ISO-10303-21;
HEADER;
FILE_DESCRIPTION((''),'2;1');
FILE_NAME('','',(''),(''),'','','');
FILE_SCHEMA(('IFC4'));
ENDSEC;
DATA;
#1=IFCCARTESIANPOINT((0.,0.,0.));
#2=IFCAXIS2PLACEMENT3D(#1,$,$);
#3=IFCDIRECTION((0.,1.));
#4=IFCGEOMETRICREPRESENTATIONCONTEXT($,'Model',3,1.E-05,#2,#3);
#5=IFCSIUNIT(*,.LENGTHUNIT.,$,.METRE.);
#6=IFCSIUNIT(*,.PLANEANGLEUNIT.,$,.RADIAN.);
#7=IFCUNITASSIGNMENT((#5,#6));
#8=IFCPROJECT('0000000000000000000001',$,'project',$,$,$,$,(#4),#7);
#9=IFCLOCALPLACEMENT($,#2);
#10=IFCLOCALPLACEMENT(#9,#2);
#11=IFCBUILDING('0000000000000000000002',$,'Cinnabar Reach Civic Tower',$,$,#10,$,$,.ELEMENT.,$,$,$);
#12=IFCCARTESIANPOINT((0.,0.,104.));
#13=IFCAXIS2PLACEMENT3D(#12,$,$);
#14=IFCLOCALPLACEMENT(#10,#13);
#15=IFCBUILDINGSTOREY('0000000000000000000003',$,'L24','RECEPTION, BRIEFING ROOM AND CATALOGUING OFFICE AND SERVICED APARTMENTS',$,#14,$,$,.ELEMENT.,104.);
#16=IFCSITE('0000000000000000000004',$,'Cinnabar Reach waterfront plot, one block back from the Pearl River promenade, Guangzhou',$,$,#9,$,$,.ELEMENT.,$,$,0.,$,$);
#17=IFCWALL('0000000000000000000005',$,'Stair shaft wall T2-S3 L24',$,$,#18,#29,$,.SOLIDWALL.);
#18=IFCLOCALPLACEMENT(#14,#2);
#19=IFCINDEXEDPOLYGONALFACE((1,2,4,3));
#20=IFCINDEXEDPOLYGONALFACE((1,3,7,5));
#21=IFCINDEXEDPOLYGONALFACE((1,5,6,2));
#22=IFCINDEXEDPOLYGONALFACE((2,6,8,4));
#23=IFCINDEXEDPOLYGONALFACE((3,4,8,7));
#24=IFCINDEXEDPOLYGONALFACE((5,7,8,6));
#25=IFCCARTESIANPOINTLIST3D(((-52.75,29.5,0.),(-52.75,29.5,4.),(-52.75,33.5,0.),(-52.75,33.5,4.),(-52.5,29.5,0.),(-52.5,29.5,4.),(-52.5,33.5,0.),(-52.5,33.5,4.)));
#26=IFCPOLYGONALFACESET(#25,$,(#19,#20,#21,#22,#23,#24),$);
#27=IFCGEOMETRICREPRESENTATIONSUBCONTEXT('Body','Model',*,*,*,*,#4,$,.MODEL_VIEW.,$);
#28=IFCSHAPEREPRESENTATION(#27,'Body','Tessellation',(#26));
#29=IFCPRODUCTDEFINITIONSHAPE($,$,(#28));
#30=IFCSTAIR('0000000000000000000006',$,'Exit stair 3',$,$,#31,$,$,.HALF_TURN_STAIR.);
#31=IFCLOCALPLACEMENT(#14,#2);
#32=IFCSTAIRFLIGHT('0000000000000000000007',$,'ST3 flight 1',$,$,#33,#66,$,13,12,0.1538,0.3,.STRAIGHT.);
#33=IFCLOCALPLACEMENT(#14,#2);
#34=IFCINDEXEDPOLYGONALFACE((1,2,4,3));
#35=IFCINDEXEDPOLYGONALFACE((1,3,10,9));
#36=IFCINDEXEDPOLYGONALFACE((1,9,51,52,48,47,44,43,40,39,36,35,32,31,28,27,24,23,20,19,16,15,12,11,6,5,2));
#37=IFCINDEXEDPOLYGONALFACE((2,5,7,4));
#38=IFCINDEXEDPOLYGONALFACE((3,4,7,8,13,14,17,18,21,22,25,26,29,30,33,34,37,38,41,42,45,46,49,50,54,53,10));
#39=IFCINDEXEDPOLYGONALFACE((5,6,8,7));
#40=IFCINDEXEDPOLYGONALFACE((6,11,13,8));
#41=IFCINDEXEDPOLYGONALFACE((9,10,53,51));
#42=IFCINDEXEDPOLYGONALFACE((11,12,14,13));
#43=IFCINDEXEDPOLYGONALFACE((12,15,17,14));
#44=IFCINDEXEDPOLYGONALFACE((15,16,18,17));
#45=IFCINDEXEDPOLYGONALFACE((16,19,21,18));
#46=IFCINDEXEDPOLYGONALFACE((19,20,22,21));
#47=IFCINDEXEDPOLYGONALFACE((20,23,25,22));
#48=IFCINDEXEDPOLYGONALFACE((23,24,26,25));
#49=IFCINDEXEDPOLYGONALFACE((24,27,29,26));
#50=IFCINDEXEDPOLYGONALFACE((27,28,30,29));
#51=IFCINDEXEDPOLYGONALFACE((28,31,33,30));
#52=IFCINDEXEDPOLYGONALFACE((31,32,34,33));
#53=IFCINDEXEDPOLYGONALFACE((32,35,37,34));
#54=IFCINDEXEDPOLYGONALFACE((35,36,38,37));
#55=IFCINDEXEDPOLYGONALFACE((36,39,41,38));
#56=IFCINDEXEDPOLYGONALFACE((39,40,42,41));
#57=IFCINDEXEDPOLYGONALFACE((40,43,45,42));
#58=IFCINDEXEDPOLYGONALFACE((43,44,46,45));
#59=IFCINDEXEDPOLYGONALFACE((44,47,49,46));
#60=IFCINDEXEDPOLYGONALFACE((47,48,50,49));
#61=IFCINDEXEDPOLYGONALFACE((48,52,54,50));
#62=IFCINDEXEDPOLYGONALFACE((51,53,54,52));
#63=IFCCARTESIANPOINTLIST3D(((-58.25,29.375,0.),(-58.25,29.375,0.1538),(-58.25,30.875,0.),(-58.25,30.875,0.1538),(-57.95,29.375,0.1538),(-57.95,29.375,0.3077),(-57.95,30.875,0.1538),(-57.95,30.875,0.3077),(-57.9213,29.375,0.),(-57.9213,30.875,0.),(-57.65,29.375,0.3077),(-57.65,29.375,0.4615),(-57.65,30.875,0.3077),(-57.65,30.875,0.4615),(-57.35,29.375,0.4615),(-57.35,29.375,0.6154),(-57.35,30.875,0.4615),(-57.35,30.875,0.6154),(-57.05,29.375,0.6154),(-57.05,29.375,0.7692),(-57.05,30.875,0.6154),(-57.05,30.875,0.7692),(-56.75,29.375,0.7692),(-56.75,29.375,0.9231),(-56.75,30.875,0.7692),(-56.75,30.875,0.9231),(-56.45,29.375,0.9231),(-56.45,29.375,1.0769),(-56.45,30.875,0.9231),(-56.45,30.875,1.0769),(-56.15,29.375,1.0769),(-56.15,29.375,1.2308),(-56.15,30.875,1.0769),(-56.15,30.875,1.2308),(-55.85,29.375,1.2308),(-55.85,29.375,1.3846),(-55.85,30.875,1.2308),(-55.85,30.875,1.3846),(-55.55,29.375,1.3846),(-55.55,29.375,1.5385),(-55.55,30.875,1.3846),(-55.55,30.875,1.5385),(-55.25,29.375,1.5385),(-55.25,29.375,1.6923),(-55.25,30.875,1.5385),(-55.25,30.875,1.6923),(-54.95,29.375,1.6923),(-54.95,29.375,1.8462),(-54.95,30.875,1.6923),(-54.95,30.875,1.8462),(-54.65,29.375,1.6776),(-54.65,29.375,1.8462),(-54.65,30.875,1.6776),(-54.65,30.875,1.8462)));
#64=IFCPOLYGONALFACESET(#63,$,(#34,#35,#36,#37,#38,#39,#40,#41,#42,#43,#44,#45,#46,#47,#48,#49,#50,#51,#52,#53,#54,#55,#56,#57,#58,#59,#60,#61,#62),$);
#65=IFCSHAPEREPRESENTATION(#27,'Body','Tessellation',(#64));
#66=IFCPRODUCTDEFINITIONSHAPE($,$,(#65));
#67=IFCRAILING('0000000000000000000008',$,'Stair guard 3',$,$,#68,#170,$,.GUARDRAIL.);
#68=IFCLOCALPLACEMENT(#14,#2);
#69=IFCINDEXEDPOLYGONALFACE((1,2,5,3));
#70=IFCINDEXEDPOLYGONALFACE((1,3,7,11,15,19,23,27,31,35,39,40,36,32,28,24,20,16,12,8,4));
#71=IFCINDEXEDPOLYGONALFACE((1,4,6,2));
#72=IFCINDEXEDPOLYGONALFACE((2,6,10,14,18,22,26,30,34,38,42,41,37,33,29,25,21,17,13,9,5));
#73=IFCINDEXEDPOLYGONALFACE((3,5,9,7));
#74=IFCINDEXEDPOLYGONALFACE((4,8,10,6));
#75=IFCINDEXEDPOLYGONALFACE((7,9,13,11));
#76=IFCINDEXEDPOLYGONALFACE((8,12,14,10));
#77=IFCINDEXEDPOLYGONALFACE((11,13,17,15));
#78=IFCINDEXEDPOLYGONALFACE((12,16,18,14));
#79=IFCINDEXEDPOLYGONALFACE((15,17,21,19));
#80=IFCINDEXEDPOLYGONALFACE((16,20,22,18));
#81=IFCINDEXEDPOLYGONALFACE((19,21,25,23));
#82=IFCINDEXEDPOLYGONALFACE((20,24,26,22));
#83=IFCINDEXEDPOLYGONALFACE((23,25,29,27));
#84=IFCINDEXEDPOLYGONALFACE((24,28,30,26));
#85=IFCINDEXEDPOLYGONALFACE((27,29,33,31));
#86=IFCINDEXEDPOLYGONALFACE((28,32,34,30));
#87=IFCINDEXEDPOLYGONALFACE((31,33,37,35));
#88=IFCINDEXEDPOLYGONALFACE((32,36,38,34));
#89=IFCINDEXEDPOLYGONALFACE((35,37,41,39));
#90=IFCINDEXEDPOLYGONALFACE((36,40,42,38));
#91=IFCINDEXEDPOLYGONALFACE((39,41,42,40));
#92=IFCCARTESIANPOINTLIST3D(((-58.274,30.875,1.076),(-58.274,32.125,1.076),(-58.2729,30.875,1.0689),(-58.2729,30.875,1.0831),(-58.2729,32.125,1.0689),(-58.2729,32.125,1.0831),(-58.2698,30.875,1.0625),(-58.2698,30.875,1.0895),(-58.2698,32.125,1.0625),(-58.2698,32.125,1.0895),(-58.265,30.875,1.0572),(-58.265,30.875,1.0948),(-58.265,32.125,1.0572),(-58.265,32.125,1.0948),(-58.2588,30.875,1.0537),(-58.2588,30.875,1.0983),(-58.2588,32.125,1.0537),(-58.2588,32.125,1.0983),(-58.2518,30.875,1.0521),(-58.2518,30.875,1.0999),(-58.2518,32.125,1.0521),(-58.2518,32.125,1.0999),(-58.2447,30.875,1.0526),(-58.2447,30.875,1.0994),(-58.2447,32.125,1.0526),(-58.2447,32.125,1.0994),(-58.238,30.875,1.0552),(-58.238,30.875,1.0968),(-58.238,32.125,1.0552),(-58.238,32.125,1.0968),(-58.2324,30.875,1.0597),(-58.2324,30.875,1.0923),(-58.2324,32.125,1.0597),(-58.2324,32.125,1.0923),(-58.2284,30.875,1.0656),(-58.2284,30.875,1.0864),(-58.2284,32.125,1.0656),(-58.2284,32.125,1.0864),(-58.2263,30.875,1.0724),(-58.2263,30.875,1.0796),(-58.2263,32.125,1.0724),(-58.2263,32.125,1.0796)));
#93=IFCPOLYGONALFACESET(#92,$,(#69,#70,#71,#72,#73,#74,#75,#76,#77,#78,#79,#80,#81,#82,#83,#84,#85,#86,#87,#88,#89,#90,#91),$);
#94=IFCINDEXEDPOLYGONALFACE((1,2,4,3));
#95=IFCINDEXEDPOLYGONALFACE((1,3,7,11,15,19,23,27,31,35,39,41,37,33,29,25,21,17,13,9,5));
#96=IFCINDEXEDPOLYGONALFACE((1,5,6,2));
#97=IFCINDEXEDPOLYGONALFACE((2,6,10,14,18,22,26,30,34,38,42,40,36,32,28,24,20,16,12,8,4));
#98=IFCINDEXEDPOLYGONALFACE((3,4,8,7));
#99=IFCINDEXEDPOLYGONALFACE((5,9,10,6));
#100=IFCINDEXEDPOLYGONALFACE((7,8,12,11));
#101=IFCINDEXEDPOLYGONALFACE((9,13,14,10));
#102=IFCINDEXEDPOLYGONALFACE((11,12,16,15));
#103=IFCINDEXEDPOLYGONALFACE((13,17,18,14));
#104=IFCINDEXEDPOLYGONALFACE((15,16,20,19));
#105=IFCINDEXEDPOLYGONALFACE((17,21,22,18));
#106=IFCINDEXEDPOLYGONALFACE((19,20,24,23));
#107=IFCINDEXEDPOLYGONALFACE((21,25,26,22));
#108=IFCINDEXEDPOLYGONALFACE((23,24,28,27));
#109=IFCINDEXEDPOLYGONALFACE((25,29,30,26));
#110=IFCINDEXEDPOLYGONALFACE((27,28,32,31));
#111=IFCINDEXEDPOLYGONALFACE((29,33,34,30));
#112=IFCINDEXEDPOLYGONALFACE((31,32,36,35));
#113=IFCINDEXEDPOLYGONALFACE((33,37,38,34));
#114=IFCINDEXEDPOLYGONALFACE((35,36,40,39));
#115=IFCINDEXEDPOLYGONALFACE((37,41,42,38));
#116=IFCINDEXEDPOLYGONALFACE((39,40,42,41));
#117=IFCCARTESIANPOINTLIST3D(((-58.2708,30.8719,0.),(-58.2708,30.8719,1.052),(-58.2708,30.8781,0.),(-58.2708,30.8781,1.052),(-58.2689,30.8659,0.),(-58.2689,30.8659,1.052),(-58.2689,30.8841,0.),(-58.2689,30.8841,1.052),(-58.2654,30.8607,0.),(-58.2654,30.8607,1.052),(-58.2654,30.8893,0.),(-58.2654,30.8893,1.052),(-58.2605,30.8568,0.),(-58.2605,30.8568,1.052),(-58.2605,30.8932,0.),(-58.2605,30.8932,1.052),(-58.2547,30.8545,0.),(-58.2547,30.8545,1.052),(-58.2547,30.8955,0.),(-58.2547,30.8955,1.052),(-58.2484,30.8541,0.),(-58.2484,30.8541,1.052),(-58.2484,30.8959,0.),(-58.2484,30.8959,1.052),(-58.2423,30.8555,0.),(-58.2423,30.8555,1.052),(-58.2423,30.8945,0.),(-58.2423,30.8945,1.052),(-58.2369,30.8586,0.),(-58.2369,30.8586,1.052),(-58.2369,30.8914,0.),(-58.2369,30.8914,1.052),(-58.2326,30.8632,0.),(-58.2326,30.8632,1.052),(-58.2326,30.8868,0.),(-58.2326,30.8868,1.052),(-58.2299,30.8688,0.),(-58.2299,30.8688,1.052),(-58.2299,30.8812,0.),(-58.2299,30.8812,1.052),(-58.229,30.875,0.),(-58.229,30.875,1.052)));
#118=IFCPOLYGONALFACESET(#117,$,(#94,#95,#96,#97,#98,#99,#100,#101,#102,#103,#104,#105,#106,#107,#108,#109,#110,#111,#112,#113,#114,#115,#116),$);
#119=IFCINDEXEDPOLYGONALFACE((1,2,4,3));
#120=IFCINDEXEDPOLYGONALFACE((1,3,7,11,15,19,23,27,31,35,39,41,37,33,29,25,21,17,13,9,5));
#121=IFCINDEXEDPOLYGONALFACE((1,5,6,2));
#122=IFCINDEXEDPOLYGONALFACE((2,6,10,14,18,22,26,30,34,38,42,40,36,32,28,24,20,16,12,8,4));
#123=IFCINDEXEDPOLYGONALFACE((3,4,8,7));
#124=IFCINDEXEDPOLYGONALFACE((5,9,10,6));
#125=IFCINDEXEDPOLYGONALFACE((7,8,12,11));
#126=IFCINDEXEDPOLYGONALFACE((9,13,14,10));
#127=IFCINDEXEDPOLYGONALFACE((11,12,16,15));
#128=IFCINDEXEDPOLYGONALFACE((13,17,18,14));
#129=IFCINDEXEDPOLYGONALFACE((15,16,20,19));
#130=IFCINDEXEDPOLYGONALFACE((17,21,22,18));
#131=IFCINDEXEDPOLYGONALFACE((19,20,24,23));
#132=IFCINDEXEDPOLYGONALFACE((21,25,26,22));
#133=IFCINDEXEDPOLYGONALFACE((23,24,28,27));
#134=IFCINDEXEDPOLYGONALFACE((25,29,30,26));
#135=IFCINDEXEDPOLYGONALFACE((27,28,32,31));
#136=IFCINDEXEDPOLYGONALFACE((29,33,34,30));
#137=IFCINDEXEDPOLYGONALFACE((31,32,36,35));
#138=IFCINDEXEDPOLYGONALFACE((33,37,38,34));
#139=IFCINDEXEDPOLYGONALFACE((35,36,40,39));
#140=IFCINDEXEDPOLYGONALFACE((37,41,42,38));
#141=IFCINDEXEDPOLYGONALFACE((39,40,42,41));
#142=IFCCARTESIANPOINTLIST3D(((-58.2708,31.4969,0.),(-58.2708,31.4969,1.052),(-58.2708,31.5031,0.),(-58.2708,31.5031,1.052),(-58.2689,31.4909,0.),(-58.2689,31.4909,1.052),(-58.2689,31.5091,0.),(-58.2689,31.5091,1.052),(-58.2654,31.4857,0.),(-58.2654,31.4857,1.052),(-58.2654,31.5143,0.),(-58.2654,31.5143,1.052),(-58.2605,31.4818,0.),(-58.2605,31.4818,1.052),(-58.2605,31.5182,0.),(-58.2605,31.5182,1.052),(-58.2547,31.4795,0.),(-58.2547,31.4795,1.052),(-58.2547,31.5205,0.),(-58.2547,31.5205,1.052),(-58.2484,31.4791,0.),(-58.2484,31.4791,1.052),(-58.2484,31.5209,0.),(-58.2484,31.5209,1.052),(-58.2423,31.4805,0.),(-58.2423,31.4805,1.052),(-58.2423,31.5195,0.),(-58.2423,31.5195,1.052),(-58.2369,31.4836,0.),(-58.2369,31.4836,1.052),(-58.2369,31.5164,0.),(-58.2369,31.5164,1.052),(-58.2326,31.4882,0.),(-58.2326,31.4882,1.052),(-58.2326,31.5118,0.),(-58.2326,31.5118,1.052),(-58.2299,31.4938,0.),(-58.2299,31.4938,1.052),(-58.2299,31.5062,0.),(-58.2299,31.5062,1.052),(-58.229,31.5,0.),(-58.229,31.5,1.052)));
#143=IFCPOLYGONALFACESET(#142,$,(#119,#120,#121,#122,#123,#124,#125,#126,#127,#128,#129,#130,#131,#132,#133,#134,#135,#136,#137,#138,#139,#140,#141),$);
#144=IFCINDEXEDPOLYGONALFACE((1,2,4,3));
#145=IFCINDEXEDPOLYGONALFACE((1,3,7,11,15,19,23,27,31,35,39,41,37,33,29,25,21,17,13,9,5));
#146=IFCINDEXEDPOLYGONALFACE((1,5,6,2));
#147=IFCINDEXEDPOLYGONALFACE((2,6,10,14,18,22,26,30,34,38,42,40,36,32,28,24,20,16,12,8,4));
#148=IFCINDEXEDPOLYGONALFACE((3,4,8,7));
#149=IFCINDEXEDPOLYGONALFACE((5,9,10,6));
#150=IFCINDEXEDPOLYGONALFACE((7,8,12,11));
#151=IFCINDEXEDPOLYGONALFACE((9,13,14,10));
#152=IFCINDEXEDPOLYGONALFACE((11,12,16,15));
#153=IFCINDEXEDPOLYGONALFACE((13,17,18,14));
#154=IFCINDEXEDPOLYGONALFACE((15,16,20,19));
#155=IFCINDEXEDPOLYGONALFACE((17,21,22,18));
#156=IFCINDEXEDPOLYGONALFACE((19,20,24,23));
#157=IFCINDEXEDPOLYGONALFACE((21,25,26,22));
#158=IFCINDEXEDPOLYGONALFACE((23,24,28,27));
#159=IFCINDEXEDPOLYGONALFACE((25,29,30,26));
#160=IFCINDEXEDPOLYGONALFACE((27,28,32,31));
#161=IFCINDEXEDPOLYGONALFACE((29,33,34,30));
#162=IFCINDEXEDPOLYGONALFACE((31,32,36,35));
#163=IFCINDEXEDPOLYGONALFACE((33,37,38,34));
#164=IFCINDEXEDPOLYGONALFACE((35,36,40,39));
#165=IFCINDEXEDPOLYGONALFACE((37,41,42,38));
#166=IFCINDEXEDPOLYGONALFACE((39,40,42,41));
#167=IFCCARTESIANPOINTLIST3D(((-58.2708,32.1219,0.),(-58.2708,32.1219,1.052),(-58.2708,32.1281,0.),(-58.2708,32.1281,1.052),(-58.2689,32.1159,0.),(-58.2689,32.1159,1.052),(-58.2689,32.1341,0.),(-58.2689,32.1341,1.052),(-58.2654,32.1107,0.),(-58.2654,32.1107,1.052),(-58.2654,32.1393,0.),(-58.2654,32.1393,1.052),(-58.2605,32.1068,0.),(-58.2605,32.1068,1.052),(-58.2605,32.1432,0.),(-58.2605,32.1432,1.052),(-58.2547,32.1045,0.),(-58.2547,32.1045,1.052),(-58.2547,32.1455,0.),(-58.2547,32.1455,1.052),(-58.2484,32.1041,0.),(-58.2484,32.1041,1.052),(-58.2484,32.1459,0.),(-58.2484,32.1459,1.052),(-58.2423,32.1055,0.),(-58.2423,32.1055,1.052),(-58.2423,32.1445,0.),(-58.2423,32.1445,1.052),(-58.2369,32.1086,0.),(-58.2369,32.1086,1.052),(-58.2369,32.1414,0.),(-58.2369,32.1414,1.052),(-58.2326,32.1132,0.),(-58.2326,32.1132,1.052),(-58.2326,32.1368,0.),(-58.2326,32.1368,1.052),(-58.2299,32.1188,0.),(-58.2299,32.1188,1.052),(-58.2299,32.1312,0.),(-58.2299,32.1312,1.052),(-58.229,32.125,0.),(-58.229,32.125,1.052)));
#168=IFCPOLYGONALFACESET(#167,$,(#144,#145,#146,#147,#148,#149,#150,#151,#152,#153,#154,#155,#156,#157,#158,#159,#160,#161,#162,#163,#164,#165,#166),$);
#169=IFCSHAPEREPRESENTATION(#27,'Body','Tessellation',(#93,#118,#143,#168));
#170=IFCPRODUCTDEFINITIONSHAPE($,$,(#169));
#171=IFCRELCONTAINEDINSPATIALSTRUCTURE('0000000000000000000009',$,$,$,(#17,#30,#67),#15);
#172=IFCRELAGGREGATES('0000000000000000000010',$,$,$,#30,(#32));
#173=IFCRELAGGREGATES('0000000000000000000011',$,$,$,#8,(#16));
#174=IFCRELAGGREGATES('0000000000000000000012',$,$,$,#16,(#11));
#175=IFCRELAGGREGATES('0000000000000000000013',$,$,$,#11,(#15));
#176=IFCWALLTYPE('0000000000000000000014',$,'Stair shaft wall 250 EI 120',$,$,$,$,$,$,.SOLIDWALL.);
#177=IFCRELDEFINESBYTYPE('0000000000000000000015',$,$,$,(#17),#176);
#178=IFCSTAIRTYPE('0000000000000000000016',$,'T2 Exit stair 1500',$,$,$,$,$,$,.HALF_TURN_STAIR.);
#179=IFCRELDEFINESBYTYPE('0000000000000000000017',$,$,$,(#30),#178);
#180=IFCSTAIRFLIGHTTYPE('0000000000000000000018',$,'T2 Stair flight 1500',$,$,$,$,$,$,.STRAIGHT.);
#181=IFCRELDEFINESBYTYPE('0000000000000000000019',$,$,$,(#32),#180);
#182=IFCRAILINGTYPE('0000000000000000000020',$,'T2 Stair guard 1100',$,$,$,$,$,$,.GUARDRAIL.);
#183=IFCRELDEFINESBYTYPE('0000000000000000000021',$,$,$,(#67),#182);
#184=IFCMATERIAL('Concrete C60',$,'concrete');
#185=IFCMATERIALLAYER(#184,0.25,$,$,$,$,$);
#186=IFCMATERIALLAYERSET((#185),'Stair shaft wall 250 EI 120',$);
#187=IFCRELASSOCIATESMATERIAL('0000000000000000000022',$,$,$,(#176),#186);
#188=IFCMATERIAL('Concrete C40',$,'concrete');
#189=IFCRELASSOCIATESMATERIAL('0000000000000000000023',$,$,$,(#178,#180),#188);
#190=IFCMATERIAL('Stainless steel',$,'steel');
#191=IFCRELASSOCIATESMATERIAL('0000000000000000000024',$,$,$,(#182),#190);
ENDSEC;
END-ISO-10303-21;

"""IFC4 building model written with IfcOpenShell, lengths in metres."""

from ifc_helpers import new_model, si_unit, direction, frame, frame_2d, origin, origin_2d, place, context, subcontext, project, spatial, polyline, rectangle, circle, outline, extrude, material, layer, layer_set, type_object, element, aggregate, save


model = new_model("IFC4")

# Units and contexts
model_context = context("Model", 3, precision=1e-05, world=origin(), true_north=direction((0.0, 1.0)))
body_context = subcontext(model_context, "Body", "Model", "MODEL_VIEW")
ifc_project = project(units=[si_unit("LENGTHUNIT", "METRE"), si_unit("PLANEANGLEUNIT", "RADIAN")], contexts=[model_context])

# Site, building, storey
site_placement = place(None, origin())
site = spatial("IfcSite", under=ifc_project, at=site_placement, Name="Cinnabar Reach waterfront plot, one block back from the Pearl River promenade, Guangzhou", CompositionType="ELEMENT", RefElevation=0.0)
building_placement = place(site_placement, origin())
building = spatial("IfcBuilding", under=site, at=building_placement, Name="Cinnabar Reach Civic Tower", CompositionType="ELEMENT")
storey_placement = place(building_placement, frame((0.0, 0.0, 104.0)))
storey = spatial("IfcBuildingStorey", under=building, at=storey_placement, Name="L24", Description="RECEPTION, BRIEFING ROOM AND CATALOGUING OFFICE AND SERVICED APARTMENTS", CompositionType="ELEMENT", Elevation=104.0)

# Shared definitions
ifc_material_1 = material(Name="Concrete C60", Category="concrete")

# Wall
ifc_layer_1 = layer(ifc_material_1, 0.25)
ifc_layer_set_1 = layer_set([ifc_layer_1], Name="Stair shaft wall 250 EI 120")
wall_type_1 = type_object("IfcWallType", Name="Stair shaft wall 250 EI 120", PredefinedType="SOLIDWALL", material=ifc_layer_set_1)
wall_1_placement = place(storey_placement, frame((-52.625, 29.5, 0.0), z_axis=(0.0, 0.0, 1.0), x_axis=(0.0, 1.0, 0.0)))
element("IfcWall", 1, at=wall_1_placement, inside=storey, type_object=wall_type_1, Name="Stair shaft wall T2-S3 L24", PredefinedType="SOLIDWALL", context=body_context, shape_type="SweptSolid", body=[
    extrude(rectangle(XDim=4.0, YDim=0.25, at=frame_2d((2.0, 0.0))), origin(), (0.0, 0.0, 1.0), 4.0),
])

# Stair, stair flight
ifc_material_2 = material(Name="Concrete C40", Category="concrete")
stair_type = type_object("IfcStairType", Name="T2 Exit stair 1500", PredefinedType="HALF_TURN_STAIR", material=ifc_material_2)
stair_placement = place(storey_placement, origin())
stair = element("IfcStair", 2, at=stair_placement, inside=storey, type_object=stair_type, Name="Exit stair 3", PredefinedType="HALF_TURN_STAIR")
stair_flight_type = type_object("IfcStairFlightType", Name="T2 Stair flight 1500", PredefinedType="STRAIGHT", material=ifc_material_2)
stair_flight_placement = place(storey_placement, frame((-58.25, 30.125, 0.0), z_axis=(0.0, 0.0, 1.0), x_axis=(1.0, 0.0, 0.0)))
stair_flight = element("IfcStairFlight", 3, at=stair_flight_placement, type_object=stair_flight_type, Name="ST3 flight 1", NumberOfRisers=13, NumberOfTreads=12, PredefinedType="STRAIGHT", RiserHeight=0.1538, TreadLength=0.3, context=body_context, shape_type="SweptSolid", body=[
    extrude(outline(polyline([(0.0, 0.0), (0.0, 0.1538), (0.3, 0.1538), (0.3, 0.3077), (0.6, 0.3077), (0.6, 0.4615), (0.9, 0.4615), (0.9, 0.6154), (1.2, 0.6154), (1.2, 0.7692), (1.5, 0.7692), (1.5, 0.9231), (1.8, 0.9231), (1.8, 1.0769), (2.1, 1.0769), (2.1, 1.2308), (2.4, 1.2308), (2.4, 1.3846), (2.7, 1.3846), (2.7, 1.5385), (3.0, 1.5385), (3.0, 1.6923), (3.3, 1.6923), (3.3, 1.8462), (3.6, 1.8462), (3.6, 2.0), (3.6, 1.6776), (0.3287, 0.0), (0.0, 0.0)])), frame((0.0, 0.75, 0.0), z_axis=(0.0, -1.0, 0.0), x_axis=(1.0, 0.0, 0.0)), (0.0, 0.0, 1.0), 1.5),
])
aggregate(stair, [stair_flight])

# Railing
ifc_material_3 = material(Name="Stainless steel", Category="steel")
railing_type = type_object("IfcRailingType", Name="T2 Stair guard 1100", PredefinedType="GUARDRAIL", material=ifc_material_3)
railing_placement = place(storey_placement, frame((-58.25, 30.875, 0.0)))
element("IfcRailing", 4, at=railing_placement, inside=storey, type_object=railing_type, Name="Stair guard 3", PredefinedType="GUARDRAIL", context=body_context, shape_type="SweptSolid", body=[
    extrude(circle(Radius=0.024, at=origin_2d()), frame((0.0, 0.0, 1.076), z_axis=(0.0, 1.0, 0.0), x_axis=(-1.0, 0.0, 0.0)), (0.0, 0.0, 1.0), 1.25),
    extrude(circle(Radius=0.021, at=origin_2d()), origin(), (0.0, 0.0, 1.0), 1.052),
    extrude(circle(Radius=0.021, at=origin_2d()), frame((0.0, 0.625, 0.0)), (0.0, 0.0, 1.0), 1.052),
    extrude(circle(Radius=0.021, at=origin_2d()), frame((0.0, 1.25, 0.0)), (0.0, 0.0, 1.0), 1.052),
])

save(model, "model.ifc")
